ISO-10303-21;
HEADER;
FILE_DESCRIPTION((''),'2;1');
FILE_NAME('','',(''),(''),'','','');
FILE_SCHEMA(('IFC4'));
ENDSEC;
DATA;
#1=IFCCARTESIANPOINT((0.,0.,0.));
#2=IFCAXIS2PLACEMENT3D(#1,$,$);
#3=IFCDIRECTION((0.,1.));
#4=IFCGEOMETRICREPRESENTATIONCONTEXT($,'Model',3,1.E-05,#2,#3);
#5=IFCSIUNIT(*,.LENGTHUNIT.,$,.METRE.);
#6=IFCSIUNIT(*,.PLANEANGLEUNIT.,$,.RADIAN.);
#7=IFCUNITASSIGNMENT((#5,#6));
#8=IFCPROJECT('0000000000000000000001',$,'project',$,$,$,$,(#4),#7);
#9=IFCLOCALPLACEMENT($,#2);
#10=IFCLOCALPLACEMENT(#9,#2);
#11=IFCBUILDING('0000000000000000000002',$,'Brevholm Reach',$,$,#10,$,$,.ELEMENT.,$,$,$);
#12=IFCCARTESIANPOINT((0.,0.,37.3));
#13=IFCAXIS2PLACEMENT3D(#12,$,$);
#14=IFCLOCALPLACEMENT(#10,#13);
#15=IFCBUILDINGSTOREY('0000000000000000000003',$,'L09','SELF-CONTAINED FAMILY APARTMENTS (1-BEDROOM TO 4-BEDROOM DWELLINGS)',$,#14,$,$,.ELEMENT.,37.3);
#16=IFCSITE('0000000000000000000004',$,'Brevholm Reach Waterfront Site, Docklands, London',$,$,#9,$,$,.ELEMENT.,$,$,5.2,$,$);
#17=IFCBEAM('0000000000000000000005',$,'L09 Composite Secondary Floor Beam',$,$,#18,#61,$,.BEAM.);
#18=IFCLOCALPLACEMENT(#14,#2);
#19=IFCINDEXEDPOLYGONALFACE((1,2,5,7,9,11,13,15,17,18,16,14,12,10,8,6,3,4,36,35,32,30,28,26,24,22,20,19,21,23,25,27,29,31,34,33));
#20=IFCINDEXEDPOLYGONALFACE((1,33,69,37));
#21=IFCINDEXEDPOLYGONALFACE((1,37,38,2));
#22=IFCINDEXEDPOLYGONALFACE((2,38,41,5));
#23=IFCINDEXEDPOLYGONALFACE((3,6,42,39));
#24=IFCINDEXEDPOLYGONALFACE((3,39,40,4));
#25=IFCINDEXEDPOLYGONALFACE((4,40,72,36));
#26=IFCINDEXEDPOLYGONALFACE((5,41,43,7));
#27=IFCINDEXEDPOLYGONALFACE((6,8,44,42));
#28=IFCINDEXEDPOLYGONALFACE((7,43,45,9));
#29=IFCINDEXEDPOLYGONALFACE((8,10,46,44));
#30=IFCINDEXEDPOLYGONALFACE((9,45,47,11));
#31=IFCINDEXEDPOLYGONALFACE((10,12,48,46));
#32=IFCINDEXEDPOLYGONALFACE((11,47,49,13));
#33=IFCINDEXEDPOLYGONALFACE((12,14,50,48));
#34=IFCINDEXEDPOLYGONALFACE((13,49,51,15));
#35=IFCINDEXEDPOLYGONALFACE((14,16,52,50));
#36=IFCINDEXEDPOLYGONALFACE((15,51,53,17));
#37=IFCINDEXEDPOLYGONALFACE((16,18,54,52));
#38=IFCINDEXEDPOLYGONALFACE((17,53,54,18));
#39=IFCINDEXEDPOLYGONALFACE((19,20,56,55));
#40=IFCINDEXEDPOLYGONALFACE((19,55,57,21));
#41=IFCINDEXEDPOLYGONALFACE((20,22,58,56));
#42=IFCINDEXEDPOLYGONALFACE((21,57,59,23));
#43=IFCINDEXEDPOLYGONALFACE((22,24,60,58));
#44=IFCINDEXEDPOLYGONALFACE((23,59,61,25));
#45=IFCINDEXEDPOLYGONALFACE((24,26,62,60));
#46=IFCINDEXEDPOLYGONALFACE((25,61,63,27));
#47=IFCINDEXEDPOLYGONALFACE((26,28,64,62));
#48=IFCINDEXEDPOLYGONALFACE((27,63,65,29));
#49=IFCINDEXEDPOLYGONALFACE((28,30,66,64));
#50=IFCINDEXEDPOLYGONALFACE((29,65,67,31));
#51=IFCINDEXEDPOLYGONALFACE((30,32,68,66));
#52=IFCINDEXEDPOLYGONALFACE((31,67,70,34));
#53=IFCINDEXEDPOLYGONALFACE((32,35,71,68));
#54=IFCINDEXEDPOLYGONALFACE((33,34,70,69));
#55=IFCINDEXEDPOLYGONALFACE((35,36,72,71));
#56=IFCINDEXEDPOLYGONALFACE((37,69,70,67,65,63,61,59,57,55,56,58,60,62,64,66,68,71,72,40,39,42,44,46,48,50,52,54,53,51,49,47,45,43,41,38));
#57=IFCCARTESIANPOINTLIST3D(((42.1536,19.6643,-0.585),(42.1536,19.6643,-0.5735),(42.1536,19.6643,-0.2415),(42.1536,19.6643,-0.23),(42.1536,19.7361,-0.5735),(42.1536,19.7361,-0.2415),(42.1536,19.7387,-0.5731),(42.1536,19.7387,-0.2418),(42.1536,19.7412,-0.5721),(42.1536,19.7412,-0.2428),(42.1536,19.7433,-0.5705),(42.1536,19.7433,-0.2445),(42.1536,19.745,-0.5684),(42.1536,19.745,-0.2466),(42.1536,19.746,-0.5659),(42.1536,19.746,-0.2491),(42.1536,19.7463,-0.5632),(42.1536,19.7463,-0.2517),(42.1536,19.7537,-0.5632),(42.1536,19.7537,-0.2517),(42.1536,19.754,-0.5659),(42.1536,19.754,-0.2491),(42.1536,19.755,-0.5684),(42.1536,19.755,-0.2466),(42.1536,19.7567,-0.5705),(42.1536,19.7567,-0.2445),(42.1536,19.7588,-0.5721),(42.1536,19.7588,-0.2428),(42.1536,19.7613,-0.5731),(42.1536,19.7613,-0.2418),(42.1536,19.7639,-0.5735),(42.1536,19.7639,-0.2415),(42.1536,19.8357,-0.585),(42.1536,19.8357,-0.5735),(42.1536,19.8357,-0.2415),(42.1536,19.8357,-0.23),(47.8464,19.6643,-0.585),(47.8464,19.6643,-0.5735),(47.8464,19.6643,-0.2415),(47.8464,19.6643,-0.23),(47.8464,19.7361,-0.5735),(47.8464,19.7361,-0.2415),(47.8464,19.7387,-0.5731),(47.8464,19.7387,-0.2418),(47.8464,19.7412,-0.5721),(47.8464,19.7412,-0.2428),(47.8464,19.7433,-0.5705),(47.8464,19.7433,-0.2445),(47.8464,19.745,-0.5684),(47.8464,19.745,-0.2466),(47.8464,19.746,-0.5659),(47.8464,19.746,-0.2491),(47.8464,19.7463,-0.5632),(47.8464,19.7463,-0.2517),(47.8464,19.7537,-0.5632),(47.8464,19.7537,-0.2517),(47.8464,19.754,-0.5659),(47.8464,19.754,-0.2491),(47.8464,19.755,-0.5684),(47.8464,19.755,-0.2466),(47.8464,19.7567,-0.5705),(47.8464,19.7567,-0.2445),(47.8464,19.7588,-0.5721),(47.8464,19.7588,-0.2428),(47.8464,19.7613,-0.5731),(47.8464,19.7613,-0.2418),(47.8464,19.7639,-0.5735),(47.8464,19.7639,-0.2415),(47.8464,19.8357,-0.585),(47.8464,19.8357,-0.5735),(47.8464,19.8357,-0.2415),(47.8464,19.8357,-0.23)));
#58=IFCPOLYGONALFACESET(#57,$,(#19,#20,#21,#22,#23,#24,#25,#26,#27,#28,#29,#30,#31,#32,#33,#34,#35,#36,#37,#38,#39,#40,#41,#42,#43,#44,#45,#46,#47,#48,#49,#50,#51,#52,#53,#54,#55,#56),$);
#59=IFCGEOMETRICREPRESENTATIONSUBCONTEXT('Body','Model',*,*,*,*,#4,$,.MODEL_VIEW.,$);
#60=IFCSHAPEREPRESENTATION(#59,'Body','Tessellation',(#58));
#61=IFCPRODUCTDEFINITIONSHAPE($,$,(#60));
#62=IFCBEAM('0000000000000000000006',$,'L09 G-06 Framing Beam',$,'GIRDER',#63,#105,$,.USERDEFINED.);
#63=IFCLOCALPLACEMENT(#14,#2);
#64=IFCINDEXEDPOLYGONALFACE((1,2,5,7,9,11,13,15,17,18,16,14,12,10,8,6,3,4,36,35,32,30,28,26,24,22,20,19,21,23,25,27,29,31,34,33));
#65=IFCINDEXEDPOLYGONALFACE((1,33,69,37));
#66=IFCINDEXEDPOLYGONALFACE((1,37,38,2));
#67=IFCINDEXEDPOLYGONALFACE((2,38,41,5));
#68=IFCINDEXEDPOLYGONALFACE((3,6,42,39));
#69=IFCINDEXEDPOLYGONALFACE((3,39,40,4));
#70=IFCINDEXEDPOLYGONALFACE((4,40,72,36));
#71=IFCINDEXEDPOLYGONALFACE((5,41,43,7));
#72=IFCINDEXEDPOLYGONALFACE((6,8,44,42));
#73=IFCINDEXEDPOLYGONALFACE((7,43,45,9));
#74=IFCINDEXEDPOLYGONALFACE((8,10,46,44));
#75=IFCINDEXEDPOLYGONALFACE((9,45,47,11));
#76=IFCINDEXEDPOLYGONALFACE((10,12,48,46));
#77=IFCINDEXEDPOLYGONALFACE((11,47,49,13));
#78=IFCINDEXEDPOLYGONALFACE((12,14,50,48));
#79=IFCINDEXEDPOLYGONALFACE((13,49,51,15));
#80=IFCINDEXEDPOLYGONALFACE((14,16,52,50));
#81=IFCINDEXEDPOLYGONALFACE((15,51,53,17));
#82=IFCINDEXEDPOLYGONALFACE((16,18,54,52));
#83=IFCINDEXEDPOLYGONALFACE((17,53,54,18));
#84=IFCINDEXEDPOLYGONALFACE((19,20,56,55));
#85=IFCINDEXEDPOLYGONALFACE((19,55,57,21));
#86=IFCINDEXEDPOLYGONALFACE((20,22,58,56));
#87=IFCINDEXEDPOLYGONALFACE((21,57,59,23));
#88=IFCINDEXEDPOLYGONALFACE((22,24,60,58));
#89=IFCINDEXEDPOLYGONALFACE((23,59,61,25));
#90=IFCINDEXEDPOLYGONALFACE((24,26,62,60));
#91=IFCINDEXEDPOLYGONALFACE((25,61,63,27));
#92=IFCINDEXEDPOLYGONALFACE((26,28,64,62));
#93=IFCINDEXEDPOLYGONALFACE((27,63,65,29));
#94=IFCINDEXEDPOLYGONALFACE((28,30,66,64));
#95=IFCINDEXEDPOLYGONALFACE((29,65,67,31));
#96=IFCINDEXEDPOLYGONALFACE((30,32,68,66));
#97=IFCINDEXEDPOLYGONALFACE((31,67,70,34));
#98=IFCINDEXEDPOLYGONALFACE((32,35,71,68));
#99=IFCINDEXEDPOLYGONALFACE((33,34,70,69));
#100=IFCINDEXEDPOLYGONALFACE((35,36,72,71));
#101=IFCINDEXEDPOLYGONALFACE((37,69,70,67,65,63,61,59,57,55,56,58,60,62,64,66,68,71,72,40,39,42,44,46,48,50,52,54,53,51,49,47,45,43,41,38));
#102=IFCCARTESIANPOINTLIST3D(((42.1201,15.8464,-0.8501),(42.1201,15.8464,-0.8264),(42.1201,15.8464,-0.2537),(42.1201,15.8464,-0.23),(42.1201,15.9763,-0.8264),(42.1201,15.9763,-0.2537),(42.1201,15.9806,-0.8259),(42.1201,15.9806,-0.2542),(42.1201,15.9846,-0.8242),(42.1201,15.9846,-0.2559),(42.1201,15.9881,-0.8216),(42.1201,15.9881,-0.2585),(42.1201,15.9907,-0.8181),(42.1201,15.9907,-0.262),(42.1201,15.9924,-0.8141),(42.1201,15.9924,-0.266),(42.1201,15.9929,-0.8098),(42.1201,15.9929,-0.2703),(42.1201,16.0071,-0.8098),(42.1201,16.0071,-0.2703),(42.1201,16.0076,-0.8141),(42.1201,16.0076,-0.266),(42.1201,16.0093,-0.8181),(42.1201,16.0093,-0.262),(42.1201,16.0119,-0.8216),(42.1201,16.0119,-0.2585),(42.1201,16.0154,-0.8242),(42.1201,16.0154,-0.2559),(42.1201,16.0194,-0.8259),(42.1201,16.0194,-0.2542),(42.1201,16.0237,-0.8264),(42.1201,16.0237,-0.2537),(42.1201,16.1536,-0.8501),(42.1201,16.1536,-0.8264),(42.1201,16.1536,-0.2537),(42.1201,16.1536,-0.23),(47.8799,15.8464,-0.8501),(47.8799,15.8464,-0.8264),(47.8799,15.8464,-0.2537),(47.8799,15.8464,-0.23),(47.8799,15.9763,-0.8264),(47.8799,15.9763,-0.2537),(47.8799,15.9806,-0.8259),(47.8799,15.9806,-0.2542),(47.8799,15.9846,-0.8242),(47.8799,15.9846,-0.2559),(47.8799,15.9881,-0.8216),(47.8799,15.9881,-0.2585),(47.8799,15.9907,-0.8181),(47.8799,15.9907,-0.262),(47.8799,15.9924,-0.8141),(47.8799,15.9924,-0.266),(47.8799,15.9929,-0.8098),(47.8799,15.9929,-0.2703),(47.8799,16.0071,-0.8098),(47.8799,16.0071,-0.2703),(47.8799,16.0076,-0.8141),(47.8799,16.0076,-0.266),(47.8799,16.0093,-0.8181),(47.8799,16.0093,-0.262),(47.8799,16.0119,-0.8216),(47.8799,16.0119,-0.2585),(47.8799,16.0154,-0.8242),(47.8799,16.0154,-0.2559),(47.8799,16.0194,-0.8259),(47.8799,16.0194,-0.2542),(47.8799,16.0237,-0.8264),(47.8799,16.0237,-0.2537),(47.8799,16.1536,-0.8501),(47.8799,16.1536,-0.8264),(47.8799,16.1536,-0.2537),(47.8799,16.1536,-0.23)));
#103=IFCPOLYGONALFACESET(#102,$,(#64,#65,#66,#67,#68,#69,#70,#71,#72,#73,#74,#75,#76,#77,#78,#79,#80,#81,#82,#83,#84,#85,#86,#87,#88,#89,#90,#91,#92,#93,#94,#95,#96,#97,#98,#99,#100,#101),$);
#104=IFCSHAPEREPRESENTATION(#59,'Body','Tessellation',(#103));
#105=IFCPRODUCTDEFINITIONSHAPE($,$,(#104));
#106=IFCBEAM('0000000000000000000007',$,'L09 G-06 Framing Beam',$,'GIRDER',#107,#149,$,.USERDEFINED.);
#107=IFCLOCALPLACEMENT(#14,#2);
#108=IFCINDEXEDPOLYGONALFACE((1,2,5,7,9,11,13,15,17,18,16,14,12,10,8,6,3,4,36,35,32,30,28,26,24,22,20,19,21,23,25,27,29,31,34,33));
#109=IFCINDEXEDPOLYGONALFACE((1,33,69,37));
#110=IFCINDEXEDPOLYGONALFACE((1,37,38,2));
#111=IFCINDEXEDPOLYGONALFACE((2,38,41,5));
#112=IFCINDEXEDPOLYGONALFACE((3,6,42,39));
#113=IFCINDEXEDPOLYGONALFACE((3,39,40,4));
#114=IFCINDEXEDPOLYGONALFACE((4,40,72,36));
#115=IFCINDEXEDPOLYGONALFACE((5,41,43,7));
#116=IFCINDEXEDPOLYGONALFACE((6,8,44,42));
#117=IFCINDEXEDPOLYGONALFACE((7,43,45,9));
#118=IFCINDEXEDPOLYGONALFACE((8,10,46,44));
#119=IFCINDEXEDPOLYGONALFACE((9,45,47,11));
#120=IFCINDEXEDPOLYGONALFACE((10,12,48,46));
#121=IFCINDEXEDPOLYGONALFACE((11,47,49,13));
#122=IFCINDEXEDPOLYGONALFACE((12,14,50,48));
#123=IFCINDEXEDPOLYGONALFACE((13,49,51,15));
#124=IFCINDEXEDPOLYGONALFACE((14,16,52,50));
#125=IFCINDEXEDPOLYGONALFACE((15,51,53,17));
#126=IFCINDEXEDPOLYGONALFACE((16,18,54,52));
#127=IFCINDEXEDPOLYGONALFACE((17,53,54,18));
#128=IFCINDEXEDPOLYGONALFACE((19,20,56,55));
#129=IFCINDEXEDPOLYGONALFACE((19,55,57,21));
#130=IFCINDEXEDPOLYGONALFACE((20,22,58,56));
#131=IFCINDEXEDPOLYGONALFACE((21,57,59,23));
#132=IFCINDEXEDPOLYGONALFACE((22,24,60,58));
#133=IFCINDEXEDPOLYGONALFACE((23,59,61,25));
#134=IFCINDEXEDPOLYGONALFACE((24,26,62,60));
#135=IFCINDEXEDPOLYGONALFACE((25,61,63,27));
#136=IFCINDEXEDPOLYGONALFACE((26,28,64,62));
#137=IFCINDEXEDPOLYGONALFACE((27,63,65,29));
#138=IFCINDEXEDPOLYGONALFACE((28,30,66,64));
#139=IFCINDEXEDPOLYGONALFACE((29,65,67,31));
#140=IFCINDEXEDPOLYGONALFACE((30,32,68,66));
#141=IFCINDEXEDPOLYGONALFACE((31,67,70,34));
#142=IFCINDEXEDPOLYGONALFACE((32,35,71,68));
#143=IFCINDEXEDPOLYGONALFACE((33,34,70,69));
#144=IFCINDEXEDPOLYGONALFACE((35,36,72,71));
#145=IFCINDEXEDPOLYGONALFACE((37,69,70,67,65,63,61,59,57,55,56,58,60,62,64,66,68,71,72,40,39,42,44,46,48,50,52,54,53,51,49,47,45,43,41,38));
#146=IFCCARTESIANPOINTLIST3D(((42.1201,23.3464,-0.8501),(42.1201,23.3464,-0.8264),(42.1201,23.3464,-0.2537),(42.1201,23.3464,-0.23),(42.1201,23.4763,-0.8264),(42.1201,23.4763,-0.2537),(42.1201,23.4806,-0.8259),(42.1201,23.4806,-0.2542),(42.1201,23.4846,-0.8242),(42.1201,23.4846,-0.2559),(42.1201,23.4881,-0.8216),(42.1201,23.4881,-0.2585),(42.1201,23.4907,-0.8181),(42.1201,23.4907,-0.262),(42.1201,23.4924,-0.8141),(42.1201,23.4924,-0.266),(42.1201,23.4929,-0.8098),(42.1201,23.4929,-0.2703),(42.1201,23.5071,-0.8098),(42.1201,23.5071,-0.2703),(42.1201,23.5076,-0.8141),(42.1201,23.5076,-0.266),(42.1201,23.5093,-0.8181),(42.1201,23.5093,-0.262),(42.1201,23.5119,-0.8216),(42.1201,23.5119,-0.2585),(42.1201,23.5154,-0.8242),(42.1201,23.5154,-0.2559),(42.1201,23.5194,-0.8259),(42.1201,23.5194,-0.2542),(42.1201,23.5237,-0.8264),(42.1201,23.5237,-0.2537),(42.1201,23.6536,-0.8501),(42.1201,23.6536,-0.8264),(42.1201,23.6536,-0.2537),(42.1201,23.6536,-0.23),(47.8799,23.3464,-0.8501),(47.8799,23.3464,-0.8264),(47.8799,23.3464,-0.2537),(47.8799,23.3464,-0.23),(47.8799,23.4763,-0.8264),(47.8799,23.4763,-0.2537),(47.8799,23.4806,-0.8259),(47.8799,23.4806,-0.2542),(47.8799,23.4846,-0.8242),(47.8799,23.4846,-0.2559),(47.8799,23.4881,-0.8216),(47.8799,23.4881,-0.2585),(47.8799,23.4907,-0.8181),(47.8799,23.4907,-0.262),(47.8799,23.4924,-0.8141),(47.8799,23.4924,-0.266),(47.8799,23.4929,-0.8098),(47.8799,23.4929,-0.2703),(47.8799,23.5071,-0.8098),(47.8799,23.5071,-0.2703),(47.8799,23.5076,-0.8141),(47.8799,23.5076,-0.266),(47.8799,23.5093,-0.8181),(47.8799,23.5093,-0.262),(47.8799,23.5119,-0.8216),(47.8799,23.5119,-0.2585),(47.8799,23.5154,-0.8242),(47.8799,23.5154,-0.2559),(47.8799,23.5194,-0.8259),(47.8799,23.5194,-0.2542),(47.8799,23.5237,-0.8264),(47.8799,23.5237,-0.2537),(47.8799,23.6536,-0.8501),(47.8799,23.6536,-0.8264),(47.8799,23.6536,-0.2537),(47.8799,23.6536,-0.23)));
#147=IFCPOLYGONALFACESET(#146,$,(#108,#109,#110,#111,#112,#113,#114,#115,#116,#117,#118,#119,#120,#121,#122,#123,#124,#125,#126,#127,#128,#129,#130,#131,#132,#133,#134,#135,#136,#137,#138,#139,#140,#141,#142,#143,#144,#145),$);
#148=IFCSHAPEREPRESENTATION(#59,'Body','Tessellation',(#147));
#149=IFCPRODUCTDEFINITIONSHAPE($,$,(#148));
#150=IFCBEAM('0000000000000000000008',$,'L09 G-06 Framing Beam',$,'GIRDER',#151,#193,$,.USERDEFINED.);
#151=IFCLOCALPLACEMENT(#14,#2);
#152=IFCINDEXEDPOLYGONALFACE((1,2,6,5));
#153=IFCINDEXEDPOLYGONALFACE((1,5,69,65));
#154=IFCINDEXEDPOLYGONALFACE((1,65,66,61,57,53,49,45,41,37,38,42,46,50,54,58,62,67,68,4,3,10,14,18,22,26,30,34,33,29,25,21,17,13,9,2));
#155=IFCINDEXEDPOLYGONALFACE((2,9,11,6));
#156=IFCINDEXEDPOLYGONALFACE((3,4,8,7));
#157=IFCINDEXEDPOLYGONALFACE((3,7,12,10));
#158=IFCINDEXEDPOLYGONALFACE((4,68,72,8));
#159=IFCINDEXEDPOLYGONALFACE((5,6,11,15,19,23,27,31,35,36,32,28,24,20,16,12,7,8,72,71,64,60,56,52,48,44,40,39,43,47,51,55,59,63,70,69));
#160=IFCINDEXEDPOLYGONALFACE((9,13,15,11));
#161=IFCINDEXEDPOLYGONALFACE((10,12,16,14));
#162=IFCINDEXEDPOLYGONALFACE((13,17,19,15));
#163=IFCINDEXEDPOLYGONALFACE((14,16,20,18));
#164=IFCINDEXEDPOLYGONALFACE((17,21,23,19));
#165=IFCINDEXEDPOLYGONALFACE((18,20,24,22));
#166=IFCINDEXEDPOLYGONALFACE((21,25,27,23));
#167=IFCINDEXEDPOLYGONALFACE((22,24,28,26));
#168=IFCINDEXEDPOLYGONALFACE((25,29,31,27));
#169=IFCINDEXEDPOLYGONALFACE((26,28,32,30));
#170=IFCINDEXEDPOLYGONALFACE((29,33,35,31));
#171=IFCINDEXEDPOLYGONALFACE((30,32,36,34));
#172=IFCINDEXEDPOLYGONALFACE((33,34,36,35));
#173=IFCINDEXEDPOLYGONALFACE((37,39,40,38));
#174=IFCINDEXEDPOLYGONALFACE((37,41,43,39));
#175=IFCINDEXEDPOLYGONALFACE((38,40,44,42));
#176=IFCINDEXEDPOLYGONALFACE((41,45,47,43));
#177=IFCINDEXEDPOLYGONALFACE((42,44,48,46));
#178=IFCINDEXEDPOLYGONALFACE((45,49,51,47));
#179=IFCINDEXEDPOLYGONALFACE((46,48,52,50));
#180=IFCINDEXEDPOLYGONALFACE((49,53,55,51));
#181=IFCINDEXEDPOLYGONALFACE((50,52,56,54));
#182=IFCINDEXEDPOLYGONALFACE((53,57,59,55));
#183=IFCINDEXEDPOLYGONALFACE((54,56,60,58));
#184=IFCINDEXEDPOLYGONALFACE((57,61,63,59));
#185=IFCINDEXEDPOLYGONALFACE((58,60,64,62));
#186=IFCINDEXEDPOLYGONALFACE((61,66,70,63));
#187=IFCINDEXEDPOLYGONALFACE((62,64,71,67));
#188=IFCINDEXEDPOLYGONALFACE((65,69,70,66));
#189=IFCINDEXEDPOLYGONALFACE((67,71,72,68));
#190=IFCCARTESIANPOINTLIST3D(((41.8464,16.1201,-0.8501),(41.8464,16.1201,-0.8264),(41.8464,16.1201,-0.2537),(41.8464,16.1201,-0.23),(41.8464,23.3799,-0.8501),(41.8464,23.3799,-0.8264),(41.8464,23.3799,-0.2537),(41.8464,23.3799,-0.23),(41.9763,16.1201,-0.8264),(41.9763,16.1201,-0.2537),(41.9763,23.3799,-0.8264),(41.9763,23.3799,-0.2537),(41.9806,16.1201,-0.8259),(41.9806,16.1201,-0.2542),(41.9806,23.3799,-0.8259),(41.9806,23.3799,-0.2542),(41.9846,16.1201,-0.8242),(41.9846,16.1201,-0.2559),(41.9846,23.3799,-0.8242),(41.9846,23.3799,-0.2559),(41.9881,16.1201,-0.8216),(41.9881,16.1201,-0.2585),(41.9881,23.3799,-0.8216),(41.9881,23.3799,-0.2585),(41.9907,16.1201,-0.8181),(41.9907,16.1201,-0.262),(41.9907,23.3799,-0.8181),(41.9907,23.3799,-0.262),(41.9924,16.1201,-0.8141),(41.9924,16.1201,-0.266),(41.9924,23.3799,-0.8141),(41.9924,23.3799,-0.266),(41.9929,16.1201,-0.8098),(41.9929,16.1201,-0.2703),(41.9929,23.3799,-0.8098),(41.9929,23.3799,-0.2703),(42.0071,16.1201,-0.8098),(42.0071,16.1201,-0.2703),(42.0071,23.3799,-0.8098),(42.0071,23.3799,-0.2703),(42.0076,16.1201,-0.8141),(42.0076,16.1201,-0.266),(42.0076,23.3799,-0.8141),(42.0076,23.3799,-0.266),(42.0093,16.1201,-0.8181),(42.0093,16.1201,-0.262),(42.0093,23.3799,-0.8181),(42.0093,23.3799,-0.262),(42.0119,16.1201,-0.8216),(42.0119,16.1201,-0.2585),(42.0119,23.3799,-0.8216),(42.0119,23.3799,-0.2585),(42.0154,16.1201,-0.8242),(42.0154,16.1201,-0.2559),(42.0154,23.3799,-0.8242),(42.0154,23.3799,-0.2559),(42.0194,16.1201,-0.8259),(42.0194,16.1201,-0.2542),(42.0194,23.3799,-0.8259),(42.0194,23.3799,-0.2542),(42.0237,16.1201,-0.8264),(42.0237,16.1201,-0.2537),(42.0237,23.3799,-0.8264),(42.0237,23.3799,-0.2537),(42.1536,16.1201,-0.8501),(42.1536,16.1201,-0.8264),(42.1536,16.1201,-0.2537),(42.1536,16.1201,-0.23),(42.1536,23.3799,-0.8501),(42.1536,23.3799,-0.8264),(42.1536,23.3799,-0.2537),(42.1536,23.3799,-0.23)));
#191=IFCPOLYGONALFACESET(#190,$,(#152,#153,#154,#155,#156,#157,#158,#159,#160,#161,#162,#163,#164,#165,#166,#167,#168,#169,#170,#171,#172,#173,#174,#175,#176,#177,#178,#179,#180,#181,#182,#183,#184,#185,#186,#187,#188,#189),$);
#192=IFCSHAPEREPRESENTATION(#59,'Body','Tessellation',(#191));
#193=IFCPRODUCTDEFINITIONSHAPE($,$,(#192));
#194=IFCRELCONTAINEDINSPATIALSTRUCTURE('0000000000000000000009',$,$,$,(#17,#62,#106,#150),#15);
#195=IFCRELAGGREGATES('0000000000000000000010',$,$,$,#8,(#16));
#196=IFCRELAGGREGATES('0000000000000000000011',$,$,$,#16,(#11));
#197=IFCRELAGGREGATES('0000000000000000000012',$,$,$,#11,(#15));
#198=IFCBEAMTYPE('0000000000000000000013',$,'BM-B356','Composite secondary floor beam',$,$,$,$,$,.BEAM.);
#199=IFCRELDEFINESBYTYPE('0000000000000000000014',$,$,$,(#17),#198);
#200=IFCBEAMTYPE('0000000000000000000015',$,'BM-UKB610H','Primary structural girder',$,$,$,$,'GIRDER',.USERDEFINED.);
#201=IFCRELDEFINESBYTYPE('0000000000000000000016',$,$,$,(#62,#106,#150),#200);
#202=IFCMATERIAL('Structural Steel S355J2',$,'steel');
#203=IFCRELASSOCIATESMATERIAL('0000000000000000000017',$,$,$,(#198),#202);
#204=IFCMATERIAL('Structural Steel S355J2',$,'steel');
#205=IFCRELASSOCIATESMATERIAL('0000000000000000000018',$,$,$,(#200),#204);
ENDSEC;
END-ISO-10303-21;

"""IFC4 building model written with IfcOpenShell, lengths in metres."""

from ifc_helpers import new_model, si_unit, direction, frame, origin, origin_2d, place, context, subcontext, project, spatial, i_section, extrude, material, material_profile, profile_set, type_object, element, save


model = new_model("IFC4")

# Units and contexts
model_context = context("Model", 3, precision=1e-05, world=origin(), true_north=direction((0.0, 1.0)))
body_context = subcontext(model_context, "Body", "Model", "MODEL_VIEW")
ifc_project = project(units=[si_unit("LENGTHUNIT", "METRE"), si_unit("PLANEANGLEUNIT", "RADIAN")], contexts=[model_context])

# Site, building, storey
site_placement = place(None, origin())
site = spatial("IfcSite", under=ifc_project, at=site_placement, Name="Brevholm Reach Waterfront Site, Docklands, London", CompositionType="ELEMENT", RefElevation=5.2)
building_placement = place(site_placement, origin())
building = spatial("IfcBuilding", under=site, at=building_placement, Name="Brevholm Reach", CompositionType="ELEMENT")
storey_placement = place(building_placement, frame((0.0, 0.0, 37.3)))
storey = spatial("IfcBuildingStorey", under=building, at=storey_placement, Name="L09", Description="SELF-CONTAINED FAMILY APARTMENTS (1-BEDROOM TO 4-BEDROOM DWELLINGS)", CompositionType="ELEMENT", Elevation=37.3)

# Beams
ifc_material_1 = material(Name="Structural Steel S355J2", Category="steel")
ifc_material_profile_1 = material_profile(ifc_material_1, i_section(OverallWidth=0.1714, OverallDepth=0.355, WebThickness=0.0073, FlangeThickness=0.0115, FilletRadius=0.0103, at=origin_2d()), Name="UKB 356x171x51")
ifc_profile_set_1 = profile_set([ifc_material_profile_1], Name="Structural Steel S355J2")
beam_type_1 = type_object("IfcBeamType", Name="BM-B356", Description="Composite secondary floor beam", PredefinedType="BEAM", material=ifc_profile_set_1)
beam_1_placement = place(storey_placement, frame((42.1536, 19.75, -0.4075), z_axis=(1.0, 0.0, 0.0), x_axis=(0.0, 1.0, 0.0)))
element("IfcBeam", 1, at=beam_1_placement, inside=storey, type_object=beam_type_1, Name="L09 Composite Secondary Floor Beam", PredefinedType="BEAM", context=body_context, shape_type="SweptSolid", body=[
    extrude(i_section(OverallWidth=0.1714, OverallDepth=0.355, WebThickness=0.0073, FlangeThickness=0.0115, FilletRadius=0.0103, at=origin_2d()), origin(), (0.0, 0.0, 1.0), 5.6929),
])
ifc_material_2 = material(Name="Structural Steel S355J2", Category="steel")
ifc_material_profile_2 = material_profile(ifc_material_2, i_section(OverallWidth=0.3071, OverallDepth=0.6201, WebThickness=0.0142, FlangeThickness=0.0237, FilletRadius=0.0166, at=origin_2d()), Name="UKB 610x305x179")
ifc_profile_set_2 = profile_set([ifc_material_profile_2], Name="Structural Steel S355J2")
beam_type_2 = type_object("IfcBeamType", Name="BM-UKB610H", Description="Primary structural girder", ElementType="GIRDER", PredefinedType="USERDEFINED", material=ifc_profile_set_2)
for number, where, z_axis, x_axis, name in (
    (2, (42.1201, 16.0, -0.54), (1.0, 0.0, 0.0), (0.0, 1.0, 0.0), "L09 G-06 Framing Beam"),
    (3, (42.1201, 23.5, -0.54), (1.0, 0.0, 0.0), (0.0, 1.0, 0.0), "L09 G-06 Framing Beam"),
):
    element("IfcBeam", number, at=place(storey_placement, frame(where, z_axis=z_axis, x_axis=x_axis)), inside=storey, type_object=beam_type_2, Name=name, ObjectType="GIRDER", PredefinedType="USERDEFINED", context=body_context, shape_type="SweptSolid", body=[
        extrude(i_section(OverallWidth=0.3071, OverallDepth=0.6201, WebThickness=0.0142, FlangeThickness=0.0237, FilletRadius=0.0166, at=origin_2d()), origin(), (0.0, 0.0, 1.0), 5.7598),
    ])
for number, where, z_axis, x_axis, name in (
    (4, (42.0, 16.1201, -0.54), (0.0, 1.0, 0.0), (-1.0, 0.0, 0.0), "L09 G-06 Framing Beam"),
):
    element("IfcBeam", number, at=place(storey_placement, frame(where, z_axis=z_axis, x_axis=x_axis)), inside=storey, type_object=beam_type_2, Name=name, ObjectType="GIRDER", PredefinedType="USERDEFINED", context=body_context, shape_type="SweptSolid", body=[
        extrude(i_section(OverallWidth=0.3071, OverallDepth=0.6201, WebThickness=0.0142, FlangeThickness=0.0237, FilletRadius=0.0166, at=origin_2d()), origin(), (0.0, 0.0, 1.0), 7.2598),
    ])

save(model, "model.ifc")
